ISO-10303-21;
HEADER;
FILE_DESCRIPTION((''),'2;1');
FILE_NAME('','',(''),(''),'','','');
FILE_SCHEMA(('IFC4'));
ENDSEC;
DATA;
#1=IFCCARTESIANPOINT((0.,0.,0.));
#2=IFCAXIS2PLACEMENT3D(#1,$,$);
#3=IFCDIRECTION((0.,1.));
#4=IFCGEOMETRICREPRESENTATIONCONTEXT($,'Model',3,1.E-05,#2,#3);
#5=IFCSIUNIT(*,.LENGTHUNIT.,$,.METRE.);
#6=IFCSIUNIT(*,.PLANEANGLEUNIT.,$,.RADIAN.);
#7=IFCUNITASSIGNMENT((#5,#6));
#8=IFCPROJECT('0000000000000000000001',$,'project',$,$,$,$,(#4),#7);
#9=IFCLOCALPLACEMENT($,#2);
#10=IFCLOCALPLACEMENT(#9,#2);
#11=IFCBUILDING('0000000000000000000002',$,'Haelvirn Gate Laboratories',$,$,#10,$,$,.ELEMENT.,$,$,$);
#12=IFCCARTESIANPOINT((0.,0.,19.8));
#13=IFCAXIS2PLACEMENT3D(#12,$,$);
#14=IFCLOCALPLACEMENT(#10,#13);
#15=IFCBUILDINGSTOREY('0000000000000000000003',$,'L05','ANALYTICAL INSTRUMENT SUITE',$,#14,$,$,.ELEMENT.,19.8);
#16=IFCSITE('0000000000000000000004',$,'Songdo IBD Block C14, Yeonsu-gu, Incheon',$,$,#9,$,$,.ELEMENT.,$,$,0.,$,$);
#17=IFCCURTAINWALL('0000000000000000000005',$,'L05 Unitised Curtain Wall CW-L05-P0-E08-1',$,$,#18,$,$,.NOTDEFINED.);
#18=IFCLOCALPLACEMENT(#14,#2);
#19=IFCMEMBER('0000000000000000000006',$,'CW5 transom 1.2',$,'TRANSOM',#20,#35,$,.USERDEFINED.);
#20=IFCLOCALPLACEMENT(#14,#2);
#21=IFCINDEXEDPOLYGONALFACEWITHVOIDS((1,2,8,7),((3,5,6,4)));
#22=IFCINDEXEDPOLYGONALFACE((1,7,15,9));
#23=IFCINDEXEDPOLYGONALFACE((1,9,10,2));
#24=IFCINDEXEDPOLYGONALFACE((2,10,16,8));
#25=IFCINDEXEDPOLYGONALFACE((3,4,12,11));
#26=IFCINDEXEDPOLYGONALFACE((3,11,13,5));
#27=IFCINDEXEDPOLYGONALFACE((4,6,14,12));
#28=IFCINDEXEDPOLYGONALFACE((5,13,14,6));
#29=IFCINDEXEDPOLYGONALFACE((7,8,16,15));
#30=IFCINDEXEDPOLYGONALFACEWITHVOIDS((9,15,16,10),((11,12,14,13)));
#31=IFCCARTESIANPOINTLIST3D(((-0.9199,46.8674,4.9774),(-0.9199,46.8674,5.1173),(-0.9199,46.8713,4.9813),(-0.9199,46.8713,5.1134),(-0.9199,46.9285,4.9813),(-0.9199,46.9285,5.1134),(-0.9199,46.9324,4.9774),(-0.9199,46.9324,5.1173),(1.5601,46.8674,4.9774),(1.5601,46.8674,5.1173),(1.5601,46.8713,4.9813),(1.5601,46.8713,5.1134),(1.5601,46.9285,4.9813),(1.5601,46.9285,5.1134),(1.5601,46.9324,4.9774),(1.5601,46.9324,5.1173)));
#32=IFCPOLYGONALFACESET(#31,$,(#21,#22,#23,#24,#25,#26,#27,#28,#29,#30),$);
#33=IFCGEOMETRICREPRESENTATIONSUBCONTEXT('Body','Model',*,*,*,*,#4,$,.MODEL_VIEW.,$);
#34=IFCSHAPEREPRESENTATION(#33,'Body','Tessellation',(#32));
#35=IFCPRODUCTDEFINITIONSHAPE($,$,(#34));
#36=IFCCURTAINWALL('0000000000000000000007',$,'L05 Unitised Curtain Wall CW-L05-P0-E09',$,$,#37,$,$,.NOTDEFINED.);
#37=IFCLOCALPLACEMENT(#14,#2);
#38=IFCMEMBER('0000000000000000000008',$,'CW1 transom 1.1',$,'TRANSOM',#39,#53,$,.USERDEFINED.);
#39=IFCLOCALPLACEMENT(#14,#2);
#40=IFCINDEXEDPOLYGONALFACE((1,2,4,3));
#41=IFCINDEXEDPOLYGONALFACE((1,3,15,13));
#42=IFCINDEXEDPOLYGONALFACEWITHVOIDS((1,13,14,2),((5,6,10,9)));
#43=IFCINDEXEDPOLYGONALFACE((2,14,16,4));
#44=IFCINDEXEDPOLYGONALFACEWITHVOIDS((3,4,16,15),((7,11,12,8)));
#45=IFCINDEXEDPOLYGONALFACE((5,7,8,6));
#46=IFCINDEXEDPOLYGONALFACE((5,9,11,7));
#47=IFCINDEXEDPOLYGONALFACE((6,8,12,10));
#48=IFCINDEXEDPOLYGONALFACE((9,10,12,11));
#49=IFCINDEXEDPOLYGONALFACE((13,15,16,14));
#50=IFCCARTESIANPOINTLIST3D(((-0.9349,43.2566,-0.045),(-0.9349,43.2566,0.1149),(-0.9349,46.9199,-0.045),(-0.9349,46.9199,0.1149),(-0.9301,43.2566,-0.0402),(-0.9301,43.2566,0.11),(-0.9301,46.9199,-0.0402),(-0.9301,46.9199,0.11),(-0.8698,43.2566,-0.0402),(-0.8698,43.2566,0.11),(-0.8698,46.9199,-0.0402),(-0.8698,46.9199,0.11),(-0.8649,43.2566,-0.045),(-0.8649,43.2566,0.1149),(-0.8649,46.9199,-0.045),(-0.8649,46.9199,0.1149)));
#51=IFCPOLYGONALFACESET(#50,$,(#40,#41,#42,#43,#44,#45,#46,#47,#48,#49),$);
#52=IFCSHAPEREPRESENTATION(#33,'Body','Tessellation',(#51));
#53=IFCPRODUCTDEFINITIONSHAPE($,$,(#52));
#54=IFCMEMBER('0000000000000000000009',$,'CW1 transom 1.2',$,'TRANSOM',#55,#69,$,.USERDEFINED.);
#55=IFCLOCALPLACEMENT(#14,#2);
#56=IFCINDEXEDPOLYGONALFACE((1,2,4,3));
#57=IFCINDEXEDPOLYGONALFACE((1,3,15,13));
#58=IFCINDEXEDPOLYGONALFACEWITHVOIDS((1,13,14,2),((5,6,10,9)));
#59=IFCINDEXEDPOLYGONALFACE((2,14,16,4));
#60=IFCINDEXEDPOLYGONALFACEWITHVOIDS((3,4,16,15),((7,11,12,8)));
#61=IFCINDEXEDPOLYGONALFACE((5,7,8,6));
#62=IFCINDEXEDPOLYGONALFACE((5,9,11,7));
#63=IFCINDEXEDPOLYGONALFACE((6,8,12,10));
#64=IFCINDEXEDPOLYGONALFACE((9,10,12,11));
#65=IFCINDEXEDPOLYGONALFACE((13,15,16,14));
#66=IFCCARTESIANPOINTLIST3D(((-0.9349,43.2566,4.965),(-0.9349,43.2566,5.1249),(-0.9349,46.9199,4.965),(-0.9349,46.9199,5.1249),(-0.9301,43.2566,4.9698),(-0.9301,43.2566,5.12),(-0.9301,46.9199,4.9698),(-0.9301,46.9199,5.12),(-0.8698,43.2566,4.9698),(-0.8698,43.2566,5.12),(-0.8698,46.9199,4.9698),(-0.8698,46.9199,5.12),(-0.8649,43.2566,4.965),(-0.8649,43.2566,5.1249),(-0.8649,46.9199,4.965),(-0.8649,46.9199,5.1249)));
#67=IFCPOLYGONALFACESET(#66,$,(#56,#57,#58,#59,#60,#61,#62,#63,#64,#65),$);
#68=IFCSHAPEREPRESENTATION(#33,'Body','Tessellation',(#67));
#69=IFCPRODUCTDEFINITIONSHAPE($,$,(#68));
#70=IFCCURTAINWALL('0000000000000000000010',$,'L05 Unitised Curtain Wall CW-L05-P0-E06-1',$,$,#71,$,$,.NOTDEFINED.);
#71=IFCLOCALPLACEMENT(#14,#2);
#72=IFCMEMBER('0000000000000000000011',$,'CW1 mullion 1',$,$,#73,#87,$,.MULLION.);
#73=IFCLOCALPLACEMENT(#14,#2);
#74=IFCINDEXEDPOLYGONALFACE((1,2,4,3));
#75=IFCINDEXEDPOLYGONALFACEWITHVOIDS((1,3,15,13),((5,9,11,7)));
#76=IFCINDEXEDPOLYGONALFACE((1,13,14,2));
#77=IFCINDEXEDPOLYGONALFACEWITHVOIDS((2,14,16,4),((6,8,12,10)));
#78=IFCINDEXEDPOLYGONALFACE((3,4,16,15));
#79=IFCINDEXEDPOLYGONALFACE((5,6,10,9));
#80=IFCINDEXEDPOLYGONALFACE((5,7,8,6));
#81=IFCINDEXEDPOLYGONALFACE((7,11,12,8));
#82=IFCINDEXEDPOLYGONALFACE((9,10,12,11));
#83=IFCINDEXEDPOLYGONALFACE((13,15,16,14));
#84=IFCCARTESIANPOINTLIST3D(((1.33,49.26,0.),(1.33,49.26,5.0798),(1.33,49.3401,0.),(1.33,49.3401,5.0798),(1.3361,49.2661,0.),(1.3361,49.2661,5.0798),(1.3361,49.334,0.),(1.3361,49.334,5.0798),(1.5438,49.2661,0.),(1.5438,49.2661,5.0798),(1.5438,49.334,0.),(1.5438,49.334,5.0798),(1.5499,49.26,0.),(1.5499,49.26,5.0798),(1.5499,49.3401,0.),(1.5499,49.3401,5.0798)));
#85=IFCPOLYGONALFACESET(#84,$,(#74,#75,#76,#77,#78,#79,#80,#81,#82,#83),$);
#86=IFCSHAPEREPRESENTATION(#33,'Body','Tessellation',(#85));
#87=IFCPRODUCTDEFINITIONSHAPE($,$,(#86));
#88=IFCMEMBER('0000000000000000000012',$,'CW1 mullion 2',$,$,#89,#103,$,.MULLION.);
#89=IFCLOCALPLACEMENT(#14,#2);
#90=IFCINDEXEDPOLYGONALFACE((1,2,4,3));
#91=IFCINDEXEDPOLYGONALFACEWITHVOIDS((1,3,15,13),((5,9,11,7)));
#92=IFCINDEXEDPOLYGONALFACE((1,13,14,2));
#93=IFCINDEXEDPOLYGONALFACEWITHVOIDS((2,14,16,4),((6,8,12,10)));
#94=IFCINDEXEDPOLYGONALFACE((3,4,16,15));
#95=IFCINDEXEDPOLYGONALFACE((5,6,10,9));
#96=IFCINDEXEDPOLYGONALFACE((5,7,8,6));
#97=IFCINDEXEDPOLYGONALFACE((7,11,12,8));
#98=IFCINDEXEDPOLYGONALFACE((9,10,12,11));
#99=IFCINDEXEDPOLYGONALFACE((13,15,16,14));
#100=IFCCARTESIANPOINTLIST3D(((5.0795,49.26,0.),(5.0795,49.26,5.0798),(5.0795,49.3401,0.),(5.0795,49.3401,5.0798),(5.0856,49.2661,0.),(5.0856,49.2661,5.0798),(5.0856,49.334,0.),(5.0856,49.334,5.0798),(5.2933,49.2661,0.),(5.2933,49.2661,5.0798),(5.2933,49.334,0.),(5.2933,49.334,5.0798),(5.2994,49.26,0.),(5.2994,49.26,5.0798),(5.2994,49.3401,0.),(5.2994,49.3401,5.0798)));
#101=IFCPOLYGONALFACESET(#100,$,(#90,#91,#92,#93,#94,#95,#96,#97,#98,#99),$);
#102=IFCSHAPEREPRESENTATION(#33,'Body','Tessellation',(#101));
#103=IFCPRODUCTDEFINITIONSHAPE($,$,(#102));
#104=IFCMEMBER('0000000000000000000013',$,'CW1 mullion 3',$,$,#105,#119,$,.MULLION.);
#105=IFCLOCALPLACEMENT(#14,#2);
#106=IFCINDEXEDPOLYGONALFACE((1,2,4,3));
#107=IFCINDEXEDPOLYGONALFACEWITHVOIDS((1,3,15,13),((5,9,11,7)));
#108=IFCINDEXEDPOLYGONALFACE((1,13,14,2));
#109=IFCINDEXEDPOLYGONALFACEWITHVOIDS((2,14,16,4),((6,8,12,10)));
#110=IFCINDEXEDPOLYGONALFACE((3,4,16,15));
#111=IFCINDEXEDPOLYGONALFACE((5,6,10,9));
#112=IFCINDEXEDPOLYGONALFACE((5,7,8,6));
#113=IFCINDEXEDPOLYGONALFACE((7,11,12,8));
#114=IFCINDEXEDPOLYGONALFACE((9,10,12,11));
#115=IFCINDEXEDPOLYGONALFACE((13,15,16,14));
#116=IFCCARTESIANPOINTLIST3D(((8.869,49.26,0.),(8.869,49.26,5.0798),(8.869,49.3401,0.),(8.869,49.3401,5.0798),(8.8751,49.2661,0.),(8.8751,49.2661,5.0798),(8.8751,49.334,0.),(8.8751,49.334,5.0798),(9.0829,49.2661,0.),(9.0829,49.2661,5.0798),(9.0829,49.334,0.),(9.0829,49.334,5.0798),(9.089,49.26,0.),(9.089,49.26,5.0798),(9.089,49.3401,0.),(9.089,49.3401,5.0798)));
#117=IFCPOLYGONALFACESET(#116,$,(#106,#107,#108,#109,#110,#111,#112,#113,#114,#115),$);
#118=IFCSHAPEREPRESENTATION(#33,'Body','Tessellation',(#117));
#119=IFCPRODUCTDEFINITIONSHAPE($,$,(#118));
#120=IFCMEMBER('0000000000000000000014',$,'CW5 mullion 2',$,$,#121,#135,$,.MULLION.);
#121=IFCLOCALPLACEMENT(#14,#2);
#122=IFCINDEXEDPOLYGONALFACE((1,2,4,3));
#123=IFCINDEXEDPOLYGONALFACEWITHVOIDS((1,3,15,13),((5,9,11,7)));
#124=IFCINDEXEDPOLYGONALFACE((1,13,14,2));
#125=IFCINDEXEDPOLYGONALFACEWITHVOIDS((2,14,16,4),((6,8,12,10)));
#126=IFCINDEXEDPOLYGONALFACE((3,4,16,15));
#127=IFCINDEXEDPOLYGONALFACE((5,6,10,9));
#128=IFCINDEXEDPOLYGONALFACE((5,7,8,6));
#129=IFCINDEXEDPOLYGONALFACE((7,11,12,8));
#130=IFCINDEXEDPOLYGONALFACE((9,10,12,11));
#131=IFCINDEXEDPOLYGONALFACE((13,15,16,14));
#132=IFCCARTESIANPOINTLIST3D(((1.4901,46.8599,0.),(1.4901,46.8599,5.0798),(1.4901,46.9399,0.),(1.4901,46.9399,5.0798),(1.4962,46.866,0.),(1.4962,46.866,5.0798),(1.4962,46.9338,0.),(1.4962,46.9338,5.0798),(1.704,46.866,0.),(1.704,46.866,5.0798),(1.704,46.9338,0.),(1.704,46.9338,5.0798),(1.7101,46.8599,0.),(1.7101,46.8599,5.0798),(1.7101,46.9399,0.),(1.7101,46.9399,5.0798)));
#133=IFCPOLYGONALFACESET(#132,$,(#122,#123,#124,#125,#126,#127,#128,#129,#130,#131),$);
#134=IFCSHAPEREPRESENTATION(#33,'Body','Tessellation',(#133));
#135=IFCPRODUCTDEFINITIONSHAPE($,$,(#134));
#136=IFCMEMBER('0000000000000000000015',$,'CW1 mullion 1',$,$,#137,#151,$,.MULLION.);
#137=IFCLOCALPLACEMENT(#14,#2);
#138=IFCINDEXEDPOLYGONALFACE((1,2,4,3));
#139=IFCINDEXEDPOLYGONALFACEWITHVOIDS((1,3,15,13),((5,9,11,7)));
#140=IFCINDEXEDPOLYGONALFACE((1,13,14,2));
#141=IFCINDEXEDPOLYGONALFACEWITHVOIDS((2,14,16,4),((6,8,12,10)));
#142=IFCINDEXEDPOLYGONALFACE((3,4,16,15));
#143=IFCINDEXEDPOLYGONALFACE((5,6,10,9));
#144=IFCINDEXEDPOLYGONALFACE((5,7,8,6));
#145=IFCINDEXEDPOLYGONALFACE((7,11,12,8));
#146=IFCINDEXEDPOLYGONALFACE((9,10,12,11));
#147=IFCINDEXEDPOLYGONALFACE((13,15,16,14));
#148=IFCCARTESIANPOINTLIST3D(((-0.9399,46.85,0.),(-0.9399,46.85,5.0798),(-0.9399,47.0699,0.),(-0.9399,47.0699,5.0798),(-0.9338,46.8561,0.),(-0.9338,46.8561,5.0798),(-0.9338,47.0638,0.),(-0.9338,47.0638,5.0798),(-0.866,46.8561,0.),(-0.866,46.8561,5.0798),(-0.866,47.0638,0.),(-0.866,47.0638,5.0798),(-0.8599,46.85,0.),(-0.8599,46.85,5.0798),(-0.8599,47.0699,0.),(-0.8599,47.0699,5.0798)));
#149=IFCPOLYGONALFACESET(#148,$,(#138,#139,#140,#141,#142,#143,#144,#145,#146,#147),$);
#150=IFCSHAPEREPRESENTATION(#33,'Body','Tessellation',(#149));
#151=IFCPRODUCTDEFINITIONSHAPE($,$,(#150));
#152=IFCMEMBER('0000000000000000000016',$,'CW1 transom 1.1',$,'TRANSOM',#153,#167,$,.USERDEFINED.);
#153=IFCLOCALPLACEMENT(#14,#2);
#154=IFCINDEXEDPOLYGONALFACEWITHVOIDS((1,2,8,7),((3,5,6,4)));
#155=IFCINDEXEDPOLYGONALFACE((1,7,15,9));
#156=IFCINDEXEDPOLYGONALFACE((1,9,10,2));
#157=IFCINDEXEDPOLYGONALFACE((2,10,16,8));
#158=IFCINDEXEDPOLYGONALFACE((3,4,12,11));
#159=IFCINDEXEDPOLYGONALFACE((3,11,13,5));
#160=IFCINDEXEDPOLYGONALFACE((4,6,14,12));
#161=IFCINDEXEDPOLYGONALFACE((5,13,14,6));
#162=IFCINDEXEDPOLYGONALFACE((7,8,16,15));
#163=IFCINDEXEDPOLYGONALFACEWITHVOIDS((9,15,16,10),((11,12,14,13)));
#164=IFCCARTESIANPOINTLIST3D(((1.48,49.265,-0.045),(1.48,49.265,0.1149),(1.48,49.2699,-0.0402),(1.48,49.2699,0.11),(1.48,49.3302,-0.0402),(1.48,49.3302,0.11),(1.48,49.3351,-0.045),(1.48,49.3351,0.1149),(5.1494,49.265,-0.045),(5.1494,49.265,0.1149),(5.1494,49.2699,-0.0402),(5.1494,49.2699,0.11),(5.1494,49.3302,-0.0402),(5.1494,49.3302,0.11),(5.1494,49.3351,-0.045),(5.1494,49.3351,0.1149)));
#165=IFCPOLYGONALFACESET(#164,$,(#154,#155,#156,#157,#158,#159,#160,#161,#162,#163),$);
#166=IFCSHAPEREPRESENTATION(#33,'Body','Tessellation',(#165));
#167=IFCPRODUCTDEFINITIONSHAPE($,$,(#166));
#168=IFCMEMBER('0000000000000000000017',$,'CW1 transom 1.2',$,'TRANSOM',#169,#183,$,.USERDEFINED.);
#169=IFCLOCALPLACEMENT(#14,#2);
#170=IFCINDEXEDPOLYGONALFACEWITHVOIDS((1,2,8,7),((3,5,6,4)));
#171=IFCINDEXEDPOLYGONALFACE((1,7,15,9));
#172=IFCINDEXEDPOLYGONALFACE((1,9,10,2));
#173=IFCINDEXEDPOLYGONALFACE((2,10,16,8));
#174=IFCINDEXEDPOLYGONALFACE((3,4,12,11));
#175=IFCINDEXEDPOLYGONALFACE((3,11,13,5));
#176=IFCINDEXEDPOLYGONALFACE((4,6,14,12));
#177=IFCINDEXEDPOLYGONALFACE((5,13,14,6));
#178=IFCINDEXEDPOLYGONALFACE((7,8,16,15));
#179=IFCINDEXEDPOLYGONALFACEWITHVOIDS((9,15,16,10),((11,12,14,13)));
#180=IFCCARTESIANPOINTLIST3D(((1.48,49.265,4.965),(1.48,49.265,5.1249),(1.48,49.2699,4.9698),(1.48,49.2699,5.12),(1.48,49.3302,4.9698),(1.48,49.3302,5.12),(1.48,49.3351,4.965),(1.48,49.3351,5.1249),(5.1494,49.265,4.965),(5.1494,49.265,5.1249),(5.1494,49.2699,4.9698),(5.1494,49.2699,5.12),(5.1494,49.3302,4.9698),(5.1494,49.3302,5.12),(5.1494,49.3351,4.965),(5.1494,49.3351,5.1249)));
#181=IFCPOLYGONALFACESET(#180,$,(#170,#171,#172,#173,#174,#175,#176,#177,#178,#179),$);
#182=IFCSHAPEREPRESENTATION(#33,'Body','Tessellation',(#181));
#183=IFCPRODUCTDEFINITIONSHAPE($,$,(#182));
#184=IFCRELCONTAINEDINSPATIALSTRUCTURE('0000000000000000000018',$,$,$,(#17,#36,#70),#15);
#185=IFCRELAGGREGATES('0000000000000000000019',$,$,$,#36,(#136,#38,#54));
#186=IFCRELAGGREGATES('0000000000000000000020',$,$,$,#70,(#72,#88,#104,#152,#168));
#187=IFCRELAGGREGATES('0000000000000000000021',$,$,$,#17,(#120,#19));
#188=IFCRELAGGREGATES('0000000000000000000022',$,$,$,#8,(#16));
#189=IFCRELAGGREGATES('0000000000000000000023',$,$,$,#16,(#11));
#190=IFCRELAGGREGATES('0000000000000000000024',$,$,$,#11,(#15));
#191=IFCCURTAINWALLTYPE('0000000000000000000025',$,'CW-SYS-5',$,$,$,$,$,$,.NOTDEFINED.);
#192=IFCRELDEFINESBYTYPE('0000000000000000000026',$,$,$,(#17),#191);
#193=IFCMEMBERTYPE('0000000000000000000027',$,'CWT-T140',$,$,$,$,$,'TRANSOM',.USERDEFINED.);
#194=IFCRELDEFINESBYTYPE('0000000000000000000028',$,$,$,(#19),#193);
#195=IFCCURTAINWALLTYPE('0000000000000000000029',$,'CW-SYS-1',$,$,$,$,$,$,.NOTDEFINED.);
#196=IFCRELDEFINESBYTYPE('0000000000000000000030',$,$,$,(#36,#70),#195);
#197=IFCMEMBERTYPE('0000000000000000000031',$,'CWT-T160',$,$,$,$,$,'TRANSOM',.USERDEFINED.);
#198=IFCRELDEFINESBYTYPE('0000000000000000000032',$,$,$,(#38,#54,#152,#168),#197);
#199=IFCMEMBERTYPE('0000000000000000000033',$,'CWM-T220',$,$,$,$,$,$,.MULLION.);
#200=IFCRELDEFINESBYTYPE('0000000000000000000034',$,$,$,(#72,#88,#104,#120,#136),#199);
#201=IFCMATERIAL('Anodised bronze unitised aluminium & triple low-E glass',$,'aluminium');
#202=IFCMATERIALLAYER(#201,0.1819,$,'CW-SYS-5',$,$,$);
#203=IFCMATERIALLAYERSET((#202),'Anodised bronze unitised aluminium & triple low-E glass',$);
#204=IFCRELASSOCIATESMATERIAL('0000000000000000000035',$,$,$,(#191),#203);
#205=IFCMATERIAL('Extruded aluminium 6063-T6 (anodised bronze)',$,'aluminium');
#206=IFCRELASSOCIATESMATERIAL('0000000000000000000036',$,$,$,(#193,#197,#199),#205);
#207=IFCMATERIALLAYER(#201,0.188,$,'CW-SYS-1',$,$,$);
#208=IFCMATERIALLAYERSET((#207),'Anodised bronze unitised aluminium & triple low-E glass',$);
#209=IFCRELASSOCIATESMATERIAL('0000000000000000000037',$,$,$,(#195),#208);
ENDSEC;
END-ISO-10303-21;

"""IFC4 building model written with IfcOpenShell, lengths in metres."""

from ifc_helpers import new_model, si_unit, direction, frame, origin, origin_2d, place, context, subcontext, project, spatial, hollow_rectangle, extrude, source, transform, mapped, material, layer, layer_set, material_profile, profile_set, type_object, type_shapes, element, aggregate, save


model = new_model("IFC4")

# Units and contexts
model_context = context("Model", 3, precision=1e-05, world=origin(), true_north=direction((0.0, 1.0)))
body_context = subcontext(model_context, "Body", "Model", "MODEL_VIEW")
ifc_project = project(units=[si_unit("LENGTHUNIT", "METRE"), si_unit("PLANEANGLEUNIT", "RADIAN")], contexts=[model_context])

# Site, building, storey
site_placement = place(None, origin())
site = spatial("IfcSite", under=ifc_project, at=site_placement, Name="Songdo IBD Block C14, Yeonsu-gu, Incheon", CompositionType="ELEMENT", RefElevation=0.0)
building_placement = place(site_placement, origin())
building = spatial("IfcBuilding", under=site, at=building_placement, Name="Haelvirn Gate Laboratories", CompositionType="ELEMENT")
storey_placement = place(building_placement, frame((0.0, 0.0, 19.8)))
storey = spatial("IfcBuildingStorey", under=building, at=storey_placement, Name="L05", Description="ANALYTICAL INSTRUMENT SUITE", CompositionType="ELEMENT", Elevation=19.8)

# Curtain wall, member
ifc_material_1 = material(Name="Anodised bronze unitised aluminium & triple low-E glass", Category="aluminium")
ifc_layer_1 = layer(ifc_material_1, 0.1819, Name="CW-SYS-5")
ifc_layer_set_1 = layer_set([ifc_layer_1], Name="Anodised bronze unitised aluminium & triple low-E glass")
curtain_wall_type_1 = type_object("IfcCurtainWallType", Name="CW-SYS-5", PredefinedType="NOTDEFINED", material=ifc_layer_set_1)
curtain_wall_1_placement = place(storey_placement, origin())
curtain_wall_1 = element("IfcCurtainWall", 1, at=curtain_wall_1_placement, inside=storey, type_object=curtain_wall_type_1, Name="L05 Unitised Curtain Wall CW-L05-P0-E08-1", PredefinedType="NOTDEFINED")
ifc_material_2 = material(Name="Extruded aluminium 6063-T6 (anodised bronze)", Category="aluminium")
ifc_material_profile_1 = material_profile(ifc_material_2, hollow_rectangle(XDim=0.0649, YDim=0.1399, WallThickness=0.0039, at=origin_2d()), Name="CWT-140x65x4")
ifc_profile_set_1 = profile_set([ifc_material_profile_1], Name="Extruded aluminium 6063-T6 (anodised bronze)")
member_type_1 = type_object("IfcMemberType", Name="CWT-T140", ElementType="TRANSOM", PredefinedType="USERDEFINED", material=ifc_profile_set_1)
shared_shape_1 = source(origin(), body_context, "Body", "SweptSolid", [
    extrude(hollow_rectangle(XDim=0.0649, YDim=0.1399, WallThickness=0.0039, at=origin_2d()), origin(), (0.0, 0.0, 1.0), 2.48),
])
type_shapes(member_type_1, [shared_shape_1])
member_1_placement = place(storey_placement, frame((-0.9199, 46.8999, 5.0474), z_axis=(1.0, 0.0, 0.0), x_axis=(0.0, 1.0, 0.0)))
member_1 = element("IfcMember", 2, at=member_1_placement, type_object=member_type_1, Name="CW5 transom 1.2", ObjectType="TRANSOM", PredefinedType="USERDEFINED", context=body_context, shape_type="MappedRepresentation", body=[
    mapped(shared_shape_1, transform((0.0, 0.0, 0.0), scale=1.0)),
])

# Curtain walls, members
ifc_layer_2 = layer(ifc_material_1, 0.188, Name="CW-SYS-1")
ifc_layer_set_2 = layer_set([ifc_layer_2], Name="Anodised bronze unitised aluminium & triple low-E glass")
curtain_wall_type_2 = type_object("IfcCurtainWallType", Name="CW-SYS-1", PredefinedType="NOTDEFINED", material=ifc_layer_set_2)
curtain_wall_2_placement = place(storey_placement, origin())
curtain_wall_2 = element("IfcCurtainWall", 3, at=curtain_wall_2_placement, inside=storey, type_object=curtain_wall_type_2, Name="L05 Unitised Curtain Wall CW-L05-P0-E09", PredefinedType="NOTDEFINED")
ifc_material_profile_2 = material_profile(ifc_material_2, hollow_rectangle(XDim=0.0701, YDim=0.1599, WallThickness=0.0049, at=origin_2d()), Name="CWT-160x70x5")
ifc_profile_set_2 = profile_set([ifc_material_profile_2], Name="Extruded aluminium 6063-T6 (anodised bronze)")
member_type_2 = type_object("IfcMemberType", Name="CWT-T160", ElementType="TRANSOM", PredefinedType="USERDEFINED", material=ifc_profile_set_2)
shared_shape_2 = source(origin(), body_context, "Body", "SweptSolid", [
    extrude(hollow_rectangle(XDim=0.0701, YDim=0.1599, WallThickness=0.0049, at=origin_2d()), origin(), (0.0, 0.0, 1.0), 3.6633),
])
member_2_placement = place(storey_placement, frame((-0.8999, 46.9199, 0.0349), z_axis=(0.0, -1.0, 0.0), x_axis=(1.0, 0.0, 0.0)))
member_2 = element("IfcMember", 4, at=member_2_placement, type_object=member_type_2, Name="CW1 transom 1.1", ObjectType="TRANSOM", PredefinedType="USERDEFINED", context=body_context, shape_type="MappedRepresentation", body=[
    mapped(shared_shape_2, transform((0.0, 0.0, 0.0), scale=1.0)),
])
member_3_placement = place(storey_placement, frame((-0.8999, 46.9199, 5.0449), z_axis=(0.0, -1.0, 0.0), x_axis=(1.0, 0.0, 0.0)))
member_3 = element("IfcMember", 5, at=member_3_placement, type_object=member_type_2, Name="CW1 transom 1.2", ObjectType="TRANSOM", PredefinedType="USERDEFINED", context=body_context, shape_type="MappedRepresentation", body=[
    mapped(shared_shape_2, transform((0.0, 0.0, 0.0), scale=1.0)),
])
curtain_wall_3_placement = place(storey_placement, origin())
curtain_wall_3 = element("IfcCurtainWall", 6, at=curtain_wall_3_placement, inside=storey, type_object=curtain_wall_type_2, Name="L05 Unitised Curtain Wall CW-L05-P0-E06-1", PredefinedType="NOTDEFINED")
ifc_material_profile_3 = material_profile(ifc_material_2, hollow_rectangle(XDim=0.0801, YDim=0.22, WallThickness=0.0061, at=origin_2d()), Name="CWM-220x80x6")
ifc_profile_set_3 = profile_set([ifc_material_profile_3], Name="Extruded aluminium 6063-T6 (anodised bronze)")
member_type_3 = type_object("IfcMemberType", Name="CWM-T220", PredefinedType="MULLION", material=ifc_profile_set_3)
shared_shape_3 = source(origin(), body_context, "Body", "SweptSolid", [
    extrude(hollow_rectangle(XDim=0.0801, YDim=0.22, WallThickness=0.0061, at=origin_2d()), origin(), (0.0, 0.0, 1.0), 5.0798),
])
type_shapes(member_type_3, [shared_shape_3])
member_4_placement = place(storey_placement, frame((1.4399, 49.3, 0.0), z_axis=(0.0, 0.0, 1.0), x_axis=(0.0, 1.0, 0.0)))
member_4 = element("IfcMember", 7, at=member_4_placement, type_object=member_type_3, Name="CW1 mullion 1", PredefinedType="MULLION", context=body_context, shape_type="MappedRepresentation", body=[
    mapped(shared_shape_3, transform((0.0, 0.0, 0.0), scale=1.0)),
])
member_5_placement = place(storey_placement, frame((5.1895, 49.3, 0.0), z_axis=(0.0, 0.0, 1.0), x_axis=(0.0, 1.0, 0.0)))
member_5 = element("IfcMember", 8, at=member_5_placement, type_object=member_type_3, Name="CW1 mullion 2", PredefinedType="MULLION", context=body_context, shape_type="MappedRepresentation", body=[
    mapped(shared_shape_3, transform((0.0, 0.0, 0.0), scale=1.0)),
])
member_6_placement = place(storey_placement, frame((8.979, 49.3, 0.0), z_axis=(0.0, 0.0, 1.0), x_axis=(0.0, 1.0, 0.0)))
member_6 = element("IfcMember", 9, at=member_6_placement, type_object=member_type_3, Name="CW1 mullion 3", PredefinedType="MULLION", context=body_context, shape_type="MappedRepresentation", body=[
    mapped(shared_shape_3, transform((0.0, 0.0, 0.0), scale=1.0)),
])

# Members
member_7_placement = place(storey_placement, frame((1.6001, 46.8999, 0.0), z_axis=(0.0, 0.0, 1.0), x_axis=(0.0, 1.0, 0.0)))
member_7 = element("IfcMember", 10, at=member_7_placement, type_object=member_type_3, Name="CW5 mullion 2", PredefinedType="MULLION", context=body_context, shape_type="MappedRepresentation", body=[
    mapped(shared_shape_3, transform((0.0, 0.0, 0.0), scale=1.0)),
])
member_8_placement = place(storey_placement, frame((-0.8999, 46.96, 0.0), z_axis=(0.0, 0.0, 1.0), x_axis=(1.0, 0.0, 0.0)))
member_8 = element("IfcMember", 11, at=member_8_placement, type_object=member_type_3, Name="CW1 mullion 1", PredefinedType="MULLION", context=body_context, shape_type="MappedRepresentation", body=[
    mapped(shared_shape_3, transform((0.0, 0.0, 0.0), scale=1.0)),
])
aggregate(curtain_wall_2, [member_8, member_2, member_3])
shared_shape_4 = source(origin(), body_context, "Body", "SweptSolid", [
    extrude(hollow_rectangle(XDim=0.0701, YDim=0.1599, WallThickness=0.0049, at=origin_2d()), origin(), (0.0, 0.0, 1.0), 3.6694),
])
member_9_placement = place(storey_placement, frame((1.48, 49.3, 0.0349), z_axis=(1.0, 0.0, 0.0), x_axis=(0.0, 1.0, 0.0)))
member_9 = element("IfcMember", 12, at=member_9_placement, type_object=member_type_2, Name="CW1 transom 1.1", ObjectType="TRANSOM", PredefinedType="USERDEFINED", context=body_context, shape_type="MappedRepresentation", body=[
    mapped(shared_shape_4, transform((0.0, 0.0, 0.0), scale=1.0)),
])
member_10_placement = place(storey_placement, frame((1.48, 49.3, 5.0449), z_axis=(1.0, 0.0, 0.0), x_axis=(0.0, 1.0, 0.0)))
member_10 = element("IfcMember", 13, at=member_10_placement, type_object=member_type_2, Name="CW1 transom 1.2", ObjectType="TRANSOM", PredefinedType="USERDEFINED", context=body_context, shape_type="MappedRepresentation", body=[
    mapped(shared_shape_4, transform((0.0, 0.0, 0.0), scale=1.0)),
])

aggregate(curtain_wall_3, [member_4, member_5, member_6, member_9, member_10])
aggregate(curtain_wall_1, [member_7, member_1])

save(model, "model.ifc")
